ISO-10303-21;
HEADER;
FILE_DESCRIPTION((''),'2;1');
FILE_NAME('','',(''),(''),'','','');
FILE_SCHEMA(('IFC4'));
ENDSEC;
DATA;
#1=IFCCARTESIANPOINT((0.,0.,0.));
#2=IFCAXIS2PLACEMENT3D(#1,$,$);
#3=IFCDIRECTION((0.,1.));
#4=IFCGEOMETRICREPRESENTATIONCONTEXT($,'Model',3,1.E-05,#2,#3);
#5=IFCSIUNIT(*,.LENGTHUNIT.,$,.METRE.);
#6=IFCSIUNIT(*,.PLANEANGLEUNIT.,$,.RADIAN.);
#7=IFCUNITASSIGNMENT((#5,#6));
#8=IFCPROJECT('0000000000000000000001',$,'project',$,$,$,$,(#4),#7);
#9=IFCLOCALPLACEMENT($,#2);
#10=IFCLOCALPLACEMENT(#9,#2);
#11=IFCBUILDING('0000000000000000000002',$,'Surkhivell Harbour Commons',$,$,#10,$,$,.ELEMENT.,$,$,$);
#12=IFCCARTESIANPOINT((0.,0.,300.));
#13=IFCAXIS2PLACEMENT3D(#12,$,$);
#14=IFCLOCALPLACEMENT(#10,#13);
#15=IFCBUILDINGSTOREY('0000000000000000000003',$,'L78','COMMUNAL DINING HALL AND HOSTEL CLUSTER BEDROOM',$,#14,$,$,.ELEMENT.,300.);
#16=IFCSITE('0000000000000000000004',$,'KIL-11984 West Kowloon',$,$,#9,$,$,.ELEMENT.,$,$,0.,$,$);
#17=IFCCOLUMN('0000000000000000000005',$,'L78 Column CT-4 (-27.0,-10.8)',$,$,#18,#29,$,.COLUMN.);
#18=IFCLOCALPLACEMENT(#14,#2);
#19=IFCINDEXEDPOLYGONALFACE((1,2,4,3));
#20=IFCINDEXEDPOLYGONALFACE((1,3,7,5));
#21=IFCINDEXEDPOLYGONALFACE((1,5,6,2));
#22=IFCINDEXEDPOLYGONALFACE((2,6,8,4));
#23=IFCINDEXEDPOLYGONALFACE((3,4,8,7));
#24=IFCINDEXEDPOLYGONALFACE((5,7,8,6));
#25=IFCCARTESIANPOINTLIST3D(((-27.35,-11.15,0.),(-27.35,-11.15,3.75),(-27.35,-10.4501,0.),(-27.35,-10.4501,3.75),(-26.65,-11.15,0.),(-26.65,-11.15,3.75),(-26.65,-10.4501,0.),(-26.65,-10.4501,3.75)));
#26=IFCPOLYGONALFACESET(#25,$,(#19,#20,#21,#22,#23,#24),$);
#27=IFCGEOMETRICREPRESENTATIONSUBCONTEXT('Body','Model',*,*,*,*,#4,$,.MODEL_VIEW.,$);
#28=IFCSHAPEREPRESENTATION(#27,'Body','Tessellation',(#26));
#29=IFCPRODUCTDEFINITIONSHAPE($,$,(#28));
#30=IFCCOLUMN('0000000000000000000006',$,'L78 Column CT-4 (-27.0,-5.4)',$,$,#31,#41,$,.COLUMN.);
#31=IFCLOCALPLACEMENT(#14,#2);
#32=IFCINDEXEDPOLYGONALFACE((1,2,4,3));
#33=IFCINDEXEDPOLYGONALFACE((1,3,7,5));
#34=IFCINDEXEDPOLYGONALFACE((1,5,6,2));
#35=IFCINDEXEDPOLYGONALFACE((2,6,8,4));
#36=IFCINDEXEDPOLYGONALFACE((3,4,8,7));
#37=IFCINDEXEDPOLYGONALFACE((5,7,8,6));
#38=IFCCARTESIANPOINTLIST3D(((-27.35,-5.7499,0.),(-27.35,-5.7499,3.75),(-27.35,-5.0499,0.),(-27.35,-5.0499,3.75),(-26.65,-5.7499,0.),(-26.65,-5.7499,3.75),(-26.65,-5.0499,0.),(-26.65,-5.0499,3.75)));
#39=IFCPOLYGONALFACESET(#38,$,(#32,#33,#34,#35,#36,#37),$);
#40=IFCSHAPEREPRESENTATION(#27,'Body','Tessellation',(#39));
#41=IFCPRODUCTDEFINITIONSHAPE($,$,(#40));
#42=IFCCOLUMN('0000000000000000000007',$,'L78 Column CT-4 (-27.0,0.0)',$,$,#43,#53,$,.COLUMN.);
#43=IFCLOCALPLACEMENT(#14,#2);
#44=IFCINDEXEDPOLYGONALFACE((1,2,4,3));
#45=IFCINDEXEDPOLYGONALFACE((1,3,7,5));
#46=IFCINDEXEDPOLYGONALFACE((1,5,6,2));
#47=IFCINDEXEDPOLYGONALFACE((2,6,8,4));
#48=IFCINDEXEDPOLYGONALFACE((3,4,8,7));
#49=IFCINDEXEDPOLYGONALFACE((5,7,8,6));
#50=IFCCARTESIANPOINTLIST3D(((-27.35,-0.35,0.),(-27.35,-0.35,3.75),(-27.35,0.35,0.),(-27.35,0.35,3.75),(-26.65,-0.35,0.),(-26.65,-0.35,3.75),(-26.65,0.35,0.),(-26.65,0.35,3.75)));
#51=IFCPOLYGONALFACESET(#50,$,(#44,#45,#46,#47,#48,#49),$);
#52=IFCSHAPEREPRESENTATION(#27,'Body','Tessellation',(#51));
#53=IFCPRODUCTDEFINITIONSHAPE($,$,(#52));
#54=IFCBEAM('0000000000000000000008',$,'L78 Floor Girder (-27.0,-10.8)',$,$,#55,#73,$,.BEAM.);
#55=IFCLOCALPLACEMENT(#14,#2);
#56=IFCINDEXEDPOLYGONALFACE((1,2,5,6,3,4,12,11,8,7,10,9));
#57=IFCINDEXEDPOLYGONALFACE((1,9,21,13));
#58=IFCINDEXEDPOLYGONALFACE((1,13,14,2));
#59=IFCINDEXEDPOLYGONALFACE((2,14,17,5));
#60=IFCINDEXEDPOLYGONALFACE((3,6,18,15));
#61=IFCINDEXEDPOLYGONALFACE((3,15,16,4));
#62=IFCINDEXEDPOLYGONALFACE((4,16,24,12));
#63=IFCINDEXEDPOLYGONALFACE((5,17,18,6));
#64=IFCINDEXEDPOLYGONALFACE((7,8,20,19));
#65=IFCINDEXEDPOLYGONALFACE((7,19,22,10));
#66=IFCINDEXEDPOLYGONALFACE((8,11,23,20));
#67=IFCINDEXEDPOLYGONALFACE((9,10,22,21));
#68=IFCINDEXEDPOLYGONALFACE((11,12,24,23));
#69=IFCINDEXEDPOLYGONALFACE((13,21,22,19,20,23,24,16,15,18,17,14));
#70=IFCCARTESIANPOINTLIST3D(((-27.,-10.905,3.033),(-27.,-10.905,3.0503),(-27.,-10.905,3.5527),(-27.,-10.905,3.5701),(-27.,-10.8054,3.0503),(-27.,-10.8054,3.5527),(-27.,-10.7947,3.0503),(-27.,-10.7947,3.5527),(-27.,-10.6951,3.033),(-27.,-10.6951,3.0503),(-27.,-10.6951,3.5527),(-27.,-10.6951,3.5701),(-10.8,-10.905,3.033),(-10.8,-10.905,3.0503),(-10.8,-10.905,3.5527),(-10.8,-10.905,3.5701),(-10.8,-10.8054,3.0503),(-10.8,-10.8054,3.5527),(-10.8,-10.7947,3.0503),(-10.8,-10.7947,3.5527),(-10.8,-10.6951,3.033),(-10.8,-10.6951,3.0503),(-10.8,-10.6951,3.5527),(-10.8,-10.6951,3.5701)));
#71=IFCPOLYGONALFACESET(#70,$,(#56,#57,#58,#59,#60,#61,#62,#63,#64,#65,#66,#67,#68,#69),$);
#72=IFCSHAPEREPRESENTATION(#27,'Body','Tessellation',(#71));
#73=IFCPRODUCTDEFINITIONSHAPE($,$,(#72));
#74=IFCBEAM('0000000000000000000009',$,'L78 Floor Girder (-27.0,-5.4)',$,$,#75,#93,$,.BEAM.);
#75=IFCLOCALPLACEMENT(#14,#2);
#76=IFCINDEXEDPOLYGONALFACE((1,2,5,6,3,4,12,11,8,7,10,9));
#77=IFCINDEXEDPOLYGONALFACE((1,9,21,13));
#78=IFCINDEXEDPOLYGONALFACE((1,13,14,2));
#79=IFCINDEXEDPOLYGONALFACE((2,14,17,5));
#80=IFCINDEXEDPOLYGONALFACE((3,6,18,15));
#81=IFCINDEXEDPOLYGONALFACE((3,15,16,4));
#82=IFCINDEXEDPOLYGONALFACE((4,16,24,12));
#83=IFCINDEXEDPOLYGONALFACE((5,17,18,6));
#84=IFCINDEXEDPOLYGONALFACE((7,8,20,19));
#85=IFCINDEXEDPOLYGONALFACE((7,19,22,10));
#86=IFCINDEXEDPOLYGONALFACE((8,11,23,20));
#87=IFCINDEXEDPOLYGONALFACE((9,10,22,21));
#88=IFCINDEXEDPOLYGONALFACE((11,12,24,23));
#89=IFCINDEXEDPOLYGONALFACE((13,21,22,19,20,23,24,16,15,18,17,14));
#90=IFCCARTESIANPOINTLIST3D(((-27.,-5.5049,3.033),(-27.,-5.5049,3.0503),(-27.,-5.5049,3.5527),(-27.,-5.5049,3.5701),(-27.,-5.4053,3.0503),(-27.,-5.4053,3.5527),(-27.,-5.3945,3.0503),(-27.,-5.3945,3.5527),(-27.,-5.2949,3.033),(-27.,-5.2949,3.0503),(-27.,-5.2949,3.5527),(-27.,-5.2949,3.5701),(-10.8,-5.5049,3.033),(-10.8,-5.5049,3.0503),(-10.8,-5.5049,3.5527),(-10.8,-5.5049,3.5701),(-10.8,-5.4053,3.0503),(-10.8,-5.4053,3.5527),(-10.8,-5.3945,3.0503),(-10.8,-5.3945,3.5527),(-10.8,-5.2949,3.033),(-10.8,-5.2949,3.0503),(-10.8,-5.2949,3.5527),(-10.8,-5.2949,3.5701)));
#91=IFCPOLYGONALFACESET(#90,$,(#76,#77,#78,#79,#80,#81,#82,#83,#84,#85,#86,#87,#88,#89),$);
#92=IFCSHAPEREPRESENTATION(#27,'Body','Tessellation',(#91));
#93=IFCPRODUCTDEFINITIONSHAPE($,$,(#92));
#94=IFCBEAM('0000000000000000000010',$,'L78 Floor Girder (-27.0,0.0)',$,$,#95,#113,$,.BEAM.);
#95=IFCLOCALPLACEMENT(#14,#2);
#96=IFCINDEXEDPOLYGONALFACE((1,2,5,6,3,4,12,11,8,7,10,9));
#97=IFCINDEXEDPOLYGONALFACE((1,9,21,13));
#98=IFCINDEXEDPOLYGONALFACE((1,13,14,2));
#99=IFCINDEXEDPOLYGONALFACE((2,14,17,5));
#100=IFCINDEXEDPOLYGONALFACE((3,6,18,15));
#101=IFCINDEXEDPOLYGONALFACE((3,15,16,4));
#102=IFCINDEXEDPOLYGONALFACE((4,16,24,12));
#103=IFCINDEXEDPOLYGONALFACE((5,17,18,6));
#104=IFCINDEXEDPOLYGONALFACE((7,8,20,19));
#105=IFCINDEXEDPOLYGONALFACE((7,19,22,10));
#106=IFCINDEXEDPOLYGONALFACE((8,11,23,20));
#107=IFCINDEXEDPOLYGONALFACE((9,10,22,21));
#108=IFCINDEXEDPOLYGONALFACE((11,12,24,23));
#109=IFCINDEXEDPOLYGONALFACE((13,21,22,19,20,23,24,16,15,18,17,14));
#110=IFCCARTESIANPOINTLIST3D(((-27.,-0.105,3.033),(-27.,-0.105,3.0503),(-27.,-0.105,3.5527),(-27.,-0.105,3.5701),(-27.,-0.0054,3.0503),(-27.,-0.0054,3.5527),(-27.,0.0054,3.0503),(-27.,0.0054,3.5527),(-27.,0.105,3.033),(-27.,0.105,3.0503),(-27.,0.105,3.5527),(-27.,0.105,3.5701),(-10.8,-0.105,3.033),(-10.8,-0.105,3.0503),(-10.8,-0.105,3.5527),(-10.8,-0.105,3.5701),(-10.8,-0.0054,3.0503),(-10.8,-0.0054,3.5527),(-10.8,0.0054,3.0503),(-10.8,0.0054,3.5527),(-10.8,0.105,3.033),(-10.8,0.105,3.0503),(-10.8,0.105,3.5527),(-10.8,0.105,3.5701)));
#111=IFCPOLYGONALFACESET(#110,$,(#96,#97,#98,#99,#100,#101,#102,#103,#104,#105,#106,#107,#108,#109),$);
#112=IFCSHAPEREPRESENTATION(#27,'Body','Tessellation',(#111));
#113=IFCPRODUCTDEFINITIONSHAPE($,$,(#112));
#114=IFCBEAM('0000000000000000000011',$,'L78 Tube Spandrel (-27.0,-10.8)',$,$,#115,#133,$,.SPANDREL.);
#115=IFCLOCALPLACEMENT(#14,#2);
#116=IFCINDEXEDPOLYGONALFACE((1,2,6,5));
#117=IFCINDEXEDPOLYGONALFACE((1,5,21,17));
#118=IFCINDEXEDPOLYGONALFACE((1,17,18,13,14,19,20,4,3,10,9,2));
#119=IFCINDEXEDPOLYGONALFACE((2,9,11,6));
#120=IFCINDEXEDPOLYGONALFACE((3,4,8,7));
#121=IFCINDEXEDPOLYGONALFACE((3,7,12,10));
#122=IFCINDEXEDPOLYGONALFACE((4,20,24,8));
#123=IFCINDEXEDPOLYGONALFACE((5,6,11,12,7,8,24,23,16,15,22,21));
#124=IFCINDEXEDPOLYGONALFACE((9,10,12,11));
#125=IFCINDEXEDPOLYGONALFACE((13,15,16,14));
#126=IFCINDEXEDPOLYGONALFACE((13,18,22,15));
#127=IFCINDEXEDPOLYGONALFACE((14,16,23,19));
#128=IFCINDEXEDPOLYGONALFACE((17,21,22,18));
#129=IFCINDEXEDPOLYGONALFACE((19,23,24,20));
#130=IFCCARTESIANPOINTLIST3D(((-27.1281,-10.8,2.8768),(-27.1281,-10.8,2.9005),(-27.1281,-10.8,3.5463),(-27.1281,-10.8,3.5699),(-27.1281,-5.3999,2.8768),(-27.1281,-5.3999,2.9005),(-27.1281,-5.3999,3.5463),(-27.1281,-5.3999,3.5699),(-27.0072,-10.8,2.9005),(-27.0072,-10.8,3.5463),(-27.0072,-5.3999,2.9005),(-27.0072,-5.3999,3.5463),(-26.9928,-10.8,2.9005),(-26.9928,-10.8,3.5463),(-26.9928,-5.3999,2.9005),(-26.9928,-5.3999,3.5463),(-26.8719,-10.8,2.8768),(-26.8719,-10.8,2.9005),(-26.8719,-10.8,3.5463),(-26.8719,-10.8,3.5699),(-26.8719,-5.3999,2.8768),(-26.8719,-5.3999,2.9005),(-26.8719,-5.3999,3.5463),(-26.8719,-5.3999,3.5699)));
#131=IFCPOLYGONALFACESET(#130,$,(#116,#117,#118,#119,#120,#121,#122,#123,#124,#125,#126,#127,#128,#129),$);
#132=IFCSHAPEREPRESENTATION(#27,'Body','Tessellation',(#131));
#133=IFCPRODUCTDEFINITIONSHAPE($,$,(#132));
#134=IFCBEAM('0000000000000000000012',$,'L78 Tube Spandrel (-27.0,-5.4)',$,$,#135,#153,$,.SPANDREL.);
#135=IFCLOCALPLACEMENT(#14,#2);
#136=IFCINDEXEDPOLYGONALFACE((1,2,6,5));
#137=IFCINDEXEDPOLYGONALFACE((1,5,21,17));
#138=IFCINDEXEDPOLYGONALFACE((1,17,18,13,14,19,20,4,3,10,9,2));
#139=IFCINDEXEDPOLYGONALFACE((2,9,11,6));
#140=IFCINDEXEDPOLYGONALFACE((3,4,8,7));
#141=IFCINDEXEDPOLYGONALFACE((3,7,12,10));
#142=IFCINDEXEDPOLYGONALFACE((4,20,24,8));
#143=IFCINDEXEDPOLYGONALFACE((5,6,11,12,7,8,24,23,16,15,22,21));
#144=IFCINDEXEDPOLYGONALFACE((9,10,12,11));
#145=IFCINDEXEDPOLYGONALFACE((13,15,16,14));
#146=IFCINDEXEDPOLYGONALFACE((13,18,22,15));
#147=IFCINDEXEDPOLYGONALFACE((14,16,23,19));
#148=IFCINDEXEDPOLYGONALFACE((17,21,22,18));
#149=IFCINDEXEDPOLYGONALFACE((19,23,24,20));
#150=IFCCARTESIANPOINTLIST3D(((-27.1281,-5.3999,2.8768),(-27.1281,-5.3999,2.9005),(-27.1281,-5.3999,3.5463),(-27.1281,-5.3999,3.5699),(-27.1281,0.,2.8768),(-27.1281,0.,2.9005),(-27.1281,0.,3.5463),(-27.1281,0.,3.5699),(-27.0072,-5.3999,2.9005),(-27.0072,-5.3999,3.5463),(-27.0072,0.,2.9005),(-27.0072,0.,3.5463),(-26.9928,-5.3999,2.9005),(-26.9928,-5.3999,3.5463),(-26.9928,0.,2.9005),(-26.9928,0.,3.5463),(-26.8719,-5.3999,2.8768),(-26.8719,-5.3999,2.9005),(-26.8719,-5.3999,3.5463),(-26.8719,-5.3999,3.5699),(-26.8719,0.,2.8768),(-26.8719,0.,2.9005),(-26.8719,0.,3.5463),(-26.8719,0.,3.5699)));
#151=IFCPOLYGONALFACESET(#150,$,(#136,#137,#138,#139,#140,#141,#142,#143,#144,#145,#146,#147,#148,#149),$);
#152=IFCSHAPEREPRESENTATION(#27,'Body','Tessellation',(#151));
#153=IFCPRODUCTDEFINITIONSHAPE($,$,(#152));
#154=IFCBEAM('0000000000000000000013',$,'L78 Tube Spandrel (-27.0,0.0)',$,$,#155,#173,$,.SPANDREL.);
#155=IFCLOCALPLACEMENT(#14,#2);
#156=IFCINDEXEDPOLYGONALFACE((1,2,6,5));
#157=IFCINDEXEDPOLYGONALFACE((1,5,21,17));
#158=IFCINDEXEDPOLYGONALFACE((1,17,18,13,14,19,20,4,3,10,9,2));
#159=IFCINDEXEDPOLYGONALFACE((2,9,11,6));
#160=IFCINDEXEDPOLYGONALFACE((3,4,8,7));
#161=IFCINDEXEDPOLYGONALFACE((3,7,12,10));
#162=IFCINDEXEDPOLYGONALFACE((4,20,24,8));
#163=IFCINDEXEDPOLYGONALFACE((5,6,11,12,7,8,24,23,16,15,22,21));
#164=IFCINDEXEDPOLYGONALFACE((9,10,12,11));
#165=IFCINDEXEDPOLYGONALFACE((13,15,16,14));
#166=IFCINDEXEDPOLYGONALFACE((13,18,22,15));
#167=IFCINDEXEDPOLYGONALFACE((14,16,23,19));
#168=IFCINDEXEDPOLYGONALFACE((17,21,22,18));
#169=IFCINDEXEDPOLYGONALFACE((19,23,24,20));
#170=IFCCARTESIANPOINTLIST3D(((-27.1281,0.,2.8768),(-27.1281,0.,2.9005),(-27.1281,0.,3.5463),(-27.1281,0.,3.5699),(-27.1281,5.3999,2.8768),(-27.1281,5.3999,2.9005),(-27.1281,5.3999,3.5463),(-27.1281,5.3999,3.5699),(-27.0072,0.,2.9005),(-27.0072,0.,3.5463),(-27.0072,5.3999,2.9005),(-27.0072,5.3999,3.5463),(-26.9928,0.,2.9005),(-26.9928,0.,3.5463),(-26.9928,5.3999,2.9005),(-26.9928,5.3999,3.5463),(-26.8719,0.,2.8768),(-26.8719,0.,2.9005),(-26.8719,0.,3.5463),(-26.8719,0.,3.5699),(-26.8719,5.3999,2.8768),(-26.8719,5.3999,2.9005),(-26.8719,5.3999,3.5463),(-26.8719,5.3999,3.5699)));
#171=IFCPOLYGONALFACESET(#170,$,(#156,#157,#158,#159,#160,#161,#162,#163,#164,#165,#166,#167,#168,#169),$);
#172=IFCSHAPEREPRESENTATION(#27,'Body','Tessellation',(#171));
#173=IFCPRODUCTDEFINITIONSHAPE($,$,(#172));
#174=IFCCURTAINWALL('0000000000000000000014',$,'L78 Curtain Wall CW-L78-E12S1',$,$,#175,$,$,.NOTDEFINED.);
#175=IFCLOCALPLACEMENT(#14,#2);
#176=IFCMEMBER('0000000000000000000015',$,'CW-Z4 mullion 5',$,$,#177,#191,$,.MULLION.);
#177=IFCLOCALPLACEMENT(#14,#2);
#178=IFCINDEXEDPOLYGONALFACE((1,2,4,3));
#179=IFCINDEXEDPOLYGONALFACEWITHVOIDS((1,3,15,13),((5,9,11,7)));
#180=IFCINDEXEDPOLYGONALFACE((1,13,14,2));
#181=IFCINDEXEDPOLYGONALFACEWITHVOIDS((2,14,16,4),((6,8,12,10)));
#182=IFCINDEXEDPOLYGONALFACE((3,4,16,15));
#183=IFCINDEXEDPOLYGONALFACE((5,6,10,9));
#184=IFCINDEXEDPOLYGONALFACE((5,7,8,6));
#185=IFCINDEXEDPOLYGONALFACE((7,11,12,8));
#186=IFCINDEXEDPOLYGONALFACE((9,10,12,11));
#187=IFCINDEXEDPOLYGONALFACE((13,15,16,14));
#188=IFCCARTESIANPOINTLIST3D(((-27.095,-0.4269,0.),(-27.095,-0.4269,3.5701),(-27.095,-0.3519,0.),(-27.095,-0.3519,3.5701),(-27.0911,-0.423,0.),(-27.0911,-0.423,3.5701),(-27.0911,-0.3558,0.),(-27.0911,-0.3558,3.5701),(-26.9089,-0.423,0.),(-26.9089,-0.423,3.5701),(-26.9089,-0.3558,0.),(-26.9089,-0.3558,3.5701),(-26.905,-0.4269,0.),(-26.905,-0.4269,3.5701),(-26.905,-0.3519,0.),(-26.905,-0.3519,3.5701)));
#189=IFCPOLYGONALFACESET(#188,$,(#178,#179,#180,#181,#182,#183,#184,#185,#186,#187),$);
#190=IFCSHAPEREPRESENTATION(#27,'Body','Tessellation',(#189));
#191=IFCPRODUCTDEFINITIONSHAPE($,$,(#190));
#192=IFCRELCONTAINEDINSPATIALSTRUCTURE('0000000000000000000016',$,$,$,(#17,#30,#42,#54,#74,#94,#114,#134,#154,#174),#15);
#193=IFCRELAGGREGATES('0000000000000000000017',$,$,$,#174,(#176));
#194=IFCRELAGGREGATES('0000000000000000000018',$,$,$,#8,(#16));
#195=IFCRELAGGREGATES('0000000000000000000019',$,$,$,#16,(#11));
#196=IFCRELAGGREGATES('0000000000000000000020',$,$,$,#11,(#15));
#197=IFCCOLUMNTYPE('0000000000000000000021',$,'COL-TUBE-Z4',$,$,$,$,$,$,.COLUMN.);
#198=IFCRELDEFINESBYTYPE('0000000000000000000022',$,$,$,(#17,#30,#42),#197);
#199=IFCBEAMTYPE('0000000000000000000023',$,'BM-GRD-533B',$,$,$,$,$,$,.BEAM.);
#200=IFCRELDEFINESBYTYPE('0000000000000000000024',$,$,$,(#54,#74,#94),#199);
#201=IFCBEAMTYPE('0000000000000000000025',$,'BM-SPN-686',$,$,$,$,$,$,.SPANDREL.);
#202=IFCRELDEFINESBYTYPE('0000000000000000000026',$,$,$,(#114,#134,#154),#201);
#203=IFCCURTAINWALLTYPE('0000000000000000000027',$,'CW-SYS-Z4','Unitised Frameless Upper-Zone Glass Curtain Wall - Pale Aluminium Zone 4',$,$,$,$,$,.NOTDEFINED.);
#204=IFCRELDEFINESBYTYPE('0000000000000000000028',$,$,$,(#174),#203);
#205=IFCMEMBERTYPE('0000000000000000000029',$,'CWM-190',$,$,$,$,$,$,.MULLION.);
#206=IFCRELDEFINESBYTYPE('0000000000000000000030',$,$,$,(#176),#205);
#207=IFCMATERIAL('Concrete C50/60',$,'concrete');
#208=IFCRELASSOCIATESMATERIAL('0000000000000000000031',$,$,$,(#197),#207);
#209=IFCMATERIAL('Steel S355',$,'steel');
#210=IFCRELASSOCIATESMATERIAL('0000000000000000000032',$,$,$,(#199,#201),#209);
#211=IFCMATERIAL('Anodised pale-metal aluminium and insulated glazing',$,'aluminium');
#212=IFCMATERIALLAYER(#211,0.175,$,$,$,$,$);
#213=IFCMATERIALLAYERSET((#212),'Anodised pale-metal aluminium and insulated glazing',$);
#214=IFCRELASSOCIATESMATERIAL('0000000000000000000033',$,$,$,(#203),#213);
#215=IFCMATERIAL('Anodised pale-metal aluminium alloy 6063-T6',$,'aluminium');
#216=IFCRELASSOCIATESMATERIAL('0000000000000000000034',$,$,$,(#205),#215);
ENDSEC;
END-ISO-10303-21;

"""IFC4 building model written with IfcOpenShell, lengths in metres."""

from ifc_helpers import new_model, si_unit, direction, frame, origin, origin_2d, place, context, subcontext, project, spatial, rectangle, hollow_rectangle, i_section, extrude, material, layer, layer_set, material_profile, profile_set, type_object, element, aggregate, save


model = new_model("IFC4")

# Units and contexts
model_context = context("Model", 3, precision=1e-05, world=origin(), true_north=direction((0.0, 1.0)))
body_context = subcontext(model_context, "Body", "Model", "MODEL_VIEW")
ifc_project = project(units=[si_unit("LENGTHUNIT", "METRE"), si_unit("PLANEANGLEUNIT", "RADIAN")], contexts=[model_context])

# Site, building, storey
site_placement = place(None, origin())
site = spatial("IfcSite", under=ifc_project, at=site_placement, Name="KIL-11984 West Kowloon", CompositionType="ELEMENT", RefElevation=0.0)
building_placement = place(site_placement, origin())
building = spatial("IfcBuilding", under=site, at=building_placement, Name="Surkhivell Harbour Commons", CompositionType="ELEMENT")
storey_placement = place(building_placement, frame((0.0, 0.0, 300.0)))
storey = spatial("IfcBuildingStorey", under=building, at=storey_placement, Name="L78", Description="COMMUNAL DINING HALL AND HOSTEL CLUSTER BEDROOM", CompositionType="ELEMENT", Elevation=300.0)

# Columns
ifc_material_1 = material(Name="Concrete C50/60", Category="concrete")
ifc_material_profile_1 = material_profile(ifc_material_1, rectangle(XDim=0.7, YDim=0.7, at=origin_2d()), Name="RC-COL-700x700")
ifc_profile_set_1 = profile_set([ifc_material_profile_1], Name="Concrete C50/60")
column_type = type_object("IfcColumnType", Name="COL-TUBE-Z4", PredefinedType="COLUMN", material=ifc_profile_set_1)
for number, where, z_axis, x_axis, name in (
    (1, (-27.0, -10.8, 0.0), (0.0, 0.0, 1.0), (1.0, 0.0, 0.0), "L78 Column CT-4 (-27.0,-10.8)"),
    (2, (-27.0, -5.3999, 0.0), (0.0, 0.0, 1.0), (1.0, 0.0, 0.0), "L78 Column CT-4 (-27.0,-5.4)"),
    (3, (-27.0, 0.0, 0.0), (0.0, 0.0, 1.0), (1.0, 0.0, 0.0), "L78 Column CT-4 (-27.0,0.0)"),
):
    element("IfcColumn", number, at=place(storey_placement, frame(where, z_axis=z_axis, x_axis=x_axis)), inside=storey, type_object=column_type, Name=name, PredefinedType="COLUMN", context=body_context, shape_type="SweptSolid", body=[
        extrude(rectangle(XDim=0.7, YDim=0.7, at=origin_2d()), origin(), (0.0, 0.0, 1.0), 3.75),
    ])

# Beams
ifc_material_2 = material(Name="Steel S355", Category="steel")
ifc_material_profile_2 = material_profile(ifc_material_2, i_section(OverallWidth=0.21, OverallDepth=0.5371, WebThickness=0.0107, FlangeThickness=0.0173, at=origin_2d()), Name="UB533x210x101")
ifc_profile_set_2 = profile_set([ifc_material_profile_2], Name="Steel S355")
beam_type_1 = type_object("IfcBeamType", Name="BM-GRD-533B", PredefinedType="BEAM", material=ifc_profile_set_2)
for number, where, z_axis, x_axis, name in (
    (4, (-27.0, -10.8, 3.3015), (1.0, 0.0, 0.0), (0.0, 1.0, 0.0), "L78 Floor Girder (-27.0,-10.8)"),
    (5, (-27.0, -5.3999, 3.3015), (1.0, 0.0, 0.0), (0.0, 1.0, 0.0), "L78 Floor Girder (-27.0,-5.4)"),
    (6, (-27.0, 0.0, 3.3015), (1.0, 0.0, 0.0), (0.0, 1.0, 0.0), "L78 Floor Girder (-27.0,0.0)"),
):
    element("IfcBeam", number, at=place(storey_placement, frame(where, z_axis=z_axis, x_axis=x_axis)), inside=storey, type_object=beam_type_1, Name=name, PredefinedType="BEAM", context=body_context, shape_type="SweptSolid", body=[
        extrude(i_section(OverallWidth=0.21, OverallDepth=0.5371, WebThickness=0.0107, FlangeThickness=0.0173, at=origin_2d()), origin(), (0.0, 0.0, 1.0), 16.2),
    ])
ifc_material_profile_3 = material_profile(ifc_material_2, i_section(OverallWidth=0.2561, OverallDepth=0.6931, WebThickness=0.0144, FlangeThickness=0.0237, at=origin_2d()), Name="UB686x254x170")
ifc_profile_set_3 = profile_set([ifc_material_profile_3], Name="Steel S355")
beam_type_2 = type_object("IfcBeamType", Name="BM-SPN-686", PredefinedType="SPANDREL", material=ifc_profile_set_3)
beam_placement = place(storey_placement, frame((-27.0, -10.8, 3.2234), z_axis=(0.0, 1.0, 0.0), x_axis=(-1.0, 0.0, 0.0)))
element("IfcBeam", 7, at=beam_placement, inside=storey, type_object=beam_type_2, Name="L78 Tube Spandrel (-27.0,-10.8)", PredefinedType="SPANDREL", context=body_context, shape_type="SweptSolid", body=[
    extrude(i_section(OverallWidth=0.2561, OverallDepth=0.6931, WebThickness=0.0144, FlangeThickness=0.0237, at=origin_2d()), origin(), (0.0, 0.0, 1.0), 5.4001),
])
for number, where, z_axis, x_axis, name in (
    (8, (-27.0, -5.3999, 3.2234), (0.0, 1.0, 0.0), (-1.0, 0.0, 0.0), "L78 Tube Spandrel (-27.0,-5.4)"),
    (9, (-27.0, 0.0, 3.2234), (0.0, 1.0, 0.0), (-1.0, 0.0, 0.0), "L78 Tube Spandrel (-27.0,0.0)"),
):
    element("IfcBeam", number, at=place(storey_placement, frame(where, z_axis=z_axis, x_axis=x_axis)), inside=storey, type_object=beam_type_2, Name=name, PredefinedType="SPANDREL", context=body_context, shape_type="SweptSolid", body=[
        extrude(i_section(OverallWidth=0.2561, OverallDepth=0.6931, WebThickness=0.0144, FlangeThickness=0.0237, at=origin_2d()), origin(), (0.0, 0.0, 1.0), 5.3999),
    ])

# Curtain wall, member
ifc_material_3 = material(Name="Anodised pale-metal aluminium and insulated glazing", Category="aluminium")
ifc_layer_1 = layer(ifc_material_3, 0.175)
ifc_layer_set_1 = layer_set([ifc_layer_1], Name="Anodised pale-metal aluminium and insulated glazing")
curtain_wall_type = type_object("IfcCurtainWallType", Name="CW-SYS-Z4", Description="Unitised Frameless Upper-Zone Glass Curtain Wall - Pale Aluminium Zone 4", PredefinedType="NOTDEFINED", material=ifc_layer_set_1)
curtain_wall_placement = place(storey_placement, origin())
curtain_wall = element("IfcCurtainWall", 10, at=curtain_wall_placement, inside=storey, type_object=curtain_wall_type, Name="L78 Curtain Wall CW-L78-E12S1", PredefinedType="NOTDEFINED")
ifc_material_4 = material(Name="Anodised pale-metal aluminium alloy 6063-T6", Category="aluminium")
ifc_material_profile_4 = material_profile(ifc_material_4, hollow_rectangle(XDim=0.075, YDim=0.1899, WallThickness=0.0039, at=origin_2d()), Name="ALU-MULL-75x190")
ifc_profile_set_4 = profile_set([ifc_material_profile_4], Name="Anodised pale-metal aluminium alloy 6063-T6")
member_type_1 = type_object("IfcMemberType", Name="CWM-190", PredefinedType="MULLION", material=ifc_profile_set_4)
member_1_placement = place(storey_placement, frame((-27.0, -0.3894, 0.0), z_axis=(0.0, 0.0, 1.0), x_axis=(0.0, -1.0, 0.0)))
member_1 = element("IfcMember", 11, at=member_1_placement, type_object=member_type_1, Name="CW-Z4 mullion 5", PredefinedType="MULLION", context=body_context, shape_type="SweptSolid", body=[
    extrude(hollow_rectangle(XDim=0.075, YDim=0.1899, WallThickness=0.0039, at=origin_2d()), origin(), (0.0, 0.0, 1.0), 3.5701),
])

aggregate(curtain_wall, [member_1])

save(model, "model.ifc")
